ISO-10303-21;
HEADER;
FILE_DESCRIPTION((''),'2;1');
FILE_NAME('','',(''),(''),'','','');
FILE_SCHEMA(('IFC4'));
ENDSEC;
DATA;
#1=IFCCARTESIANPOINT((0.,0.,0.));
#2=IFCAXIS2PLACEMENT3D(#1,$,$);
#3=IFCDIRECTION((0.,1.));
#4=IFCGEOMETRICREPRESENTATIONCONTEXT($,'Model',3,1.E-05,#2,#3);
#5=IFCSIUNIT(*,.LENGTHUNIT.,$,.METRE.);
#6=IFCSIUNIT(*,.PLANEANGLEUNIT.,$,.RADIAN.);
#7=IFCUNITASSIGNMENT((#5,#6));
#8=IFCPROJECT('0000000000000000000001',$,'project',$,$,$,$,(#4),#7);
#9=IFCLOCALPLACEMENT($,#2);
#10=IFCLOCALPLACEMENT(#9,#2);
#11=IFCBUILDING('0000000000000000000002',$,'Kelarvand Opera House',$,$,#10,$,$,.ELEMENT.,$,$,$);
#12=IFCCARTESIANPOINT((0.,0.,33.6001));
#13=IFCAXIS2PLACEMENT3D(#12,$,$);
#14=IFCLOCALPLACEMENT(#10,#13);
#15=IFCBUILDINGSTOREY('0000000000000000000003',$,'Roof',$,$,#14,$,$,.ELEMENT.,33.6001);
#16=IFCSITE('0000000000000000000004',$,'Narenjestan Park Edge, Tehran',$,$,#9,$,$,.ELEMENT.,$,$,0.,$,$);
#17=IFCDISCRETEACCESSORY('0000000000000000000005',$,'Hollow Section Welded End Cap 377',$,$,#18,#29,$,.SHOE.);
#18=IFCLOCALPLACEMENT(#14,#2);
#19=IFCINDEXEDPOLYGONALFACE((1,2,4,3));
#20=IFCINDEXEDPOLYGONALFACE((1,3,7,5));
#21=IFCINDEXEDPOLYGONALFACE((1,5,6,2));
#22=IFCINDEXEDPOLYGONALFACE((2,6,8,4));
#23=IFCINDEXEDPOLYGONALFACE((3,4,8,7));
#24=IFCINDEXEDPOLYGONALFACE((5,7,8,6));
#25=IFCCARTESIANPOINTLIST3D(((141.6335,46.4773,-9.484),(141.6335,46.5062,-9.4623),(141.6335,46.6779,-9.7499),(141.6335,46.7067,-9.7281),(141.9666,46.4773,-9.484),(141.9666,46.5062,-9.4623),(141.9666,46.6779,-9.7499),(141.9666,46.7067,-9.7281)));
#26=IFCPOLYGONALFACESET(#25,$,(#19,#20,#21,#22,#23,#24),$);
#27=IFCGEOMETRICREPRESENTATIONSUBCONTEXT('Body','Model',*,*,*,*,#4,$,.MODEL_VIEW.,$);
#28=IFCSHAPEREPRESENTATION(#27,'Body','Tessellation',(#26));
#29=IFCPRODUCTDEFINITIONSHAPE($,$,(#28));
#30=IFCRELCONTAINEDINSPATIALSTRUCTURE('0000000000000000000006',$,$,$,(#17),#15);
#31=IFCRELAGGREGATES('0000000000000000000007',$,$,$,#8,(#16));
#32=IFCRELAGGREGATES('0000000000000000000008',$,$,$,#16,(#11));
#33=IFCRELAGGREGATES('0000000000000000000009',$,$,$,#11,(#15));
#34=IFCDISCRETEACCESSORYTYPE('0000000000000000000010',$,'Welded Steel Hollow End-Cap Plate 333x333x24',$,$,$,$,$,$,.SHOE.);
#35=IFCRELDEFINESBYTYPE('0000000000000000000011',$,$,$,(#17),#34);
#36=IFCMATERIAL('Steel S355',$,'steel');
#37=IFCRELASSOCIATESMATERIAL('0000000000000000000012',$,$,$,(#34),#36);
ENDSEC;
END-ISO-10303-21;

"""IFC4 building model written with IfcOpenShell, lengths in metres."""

from ifc_helpers import new_model, si_unit, direction, frame, origin, origin_2d, place, context, subcontext, project, spatial, rectangle, extrude, material, material_profile, profile_set, type_object, element, save


model = new_model("IFC4")

# Units and contexts
model_context = context("Model", 3, precision=1e-05, world=origin(), true_north=direction((0.0, 1.0)))
body_context = subcontext(model_context, "Body", "Model", "MODEL_VIEW")
ifc_project = project(units=[si_unit("LENGTHUNIT", "METRE"), si_unit("PLANEANGLEUNIT", "RADIAN")], contexts=[model_context])

# Site, building, storey
site_placement = place(None, origin())
site = spatial("IfcSite", under=ifc_project, at=site_placement, Name="Narenjestan Park Edge, Tehran", CompositionType="ELEMENT", RefElevation=0.0)
building_placement = place(site_placement, origin())
building = spatial("IfcBuilding", under=site, at=building_placement, Name="Kelarvand Opera House", CompositionType="ELEMENT")
storey_placement = place(building_placement, frame((0.0, 0.0, 33.6001)))
storey = spatial("IfcBuildingStorey", under=building, at=storey_placement, Name="Roof", CompositionType="ELEMENT", Elevation=33.6001)

# Shared definitions
ifc_material = material(Name="Steel S355", Category="steel")

# Discrete accessory
ifc_material_profile_1 = material_profile(ifc_material, rectangle(XDim=0.333, YDim=0.333, at=origin_2d()), Name="Welded Steel Hollow End-Cap Plate 333x333x24", Category="steel")
ifc_profile_set_1 = profile_set([ifc_material_profile_1], Name="Steel S355")
discrete_accessory_type_1 = type_object("IfcDiscreteAccessoryType", Name="Welded Steel Hollow End-Cap Plate 333x333x24", PredefinedType="SHOE", material=ifc_profile_set_1)
for number, where, z_axis, x_axis, name in (
    (1, (141.8, 46.6064, -9.5952), (0.0, -0.798373, -0.602163), (1.0, 0.0, 0.0), "Hollow Section Welded End Cap 377"),
):
    element("IfcDiscreteAccessory", number, at=place(storey_placement, frame(where, z_axis=z_axis, x_axis=x_axis)), inside=storey, type_object=discrete_accessory_type_1, Name=name, PredefinedType="SHOE", context=body_context, shape_type="SweptSolid", body=[
        extrude(rectangle(XDim=0.333, YDim=0.333, at=origin_2d()), origin(), (0.0, 0.0, 1.0), 0.0361),
    ])

save(model, "model.ifc")
